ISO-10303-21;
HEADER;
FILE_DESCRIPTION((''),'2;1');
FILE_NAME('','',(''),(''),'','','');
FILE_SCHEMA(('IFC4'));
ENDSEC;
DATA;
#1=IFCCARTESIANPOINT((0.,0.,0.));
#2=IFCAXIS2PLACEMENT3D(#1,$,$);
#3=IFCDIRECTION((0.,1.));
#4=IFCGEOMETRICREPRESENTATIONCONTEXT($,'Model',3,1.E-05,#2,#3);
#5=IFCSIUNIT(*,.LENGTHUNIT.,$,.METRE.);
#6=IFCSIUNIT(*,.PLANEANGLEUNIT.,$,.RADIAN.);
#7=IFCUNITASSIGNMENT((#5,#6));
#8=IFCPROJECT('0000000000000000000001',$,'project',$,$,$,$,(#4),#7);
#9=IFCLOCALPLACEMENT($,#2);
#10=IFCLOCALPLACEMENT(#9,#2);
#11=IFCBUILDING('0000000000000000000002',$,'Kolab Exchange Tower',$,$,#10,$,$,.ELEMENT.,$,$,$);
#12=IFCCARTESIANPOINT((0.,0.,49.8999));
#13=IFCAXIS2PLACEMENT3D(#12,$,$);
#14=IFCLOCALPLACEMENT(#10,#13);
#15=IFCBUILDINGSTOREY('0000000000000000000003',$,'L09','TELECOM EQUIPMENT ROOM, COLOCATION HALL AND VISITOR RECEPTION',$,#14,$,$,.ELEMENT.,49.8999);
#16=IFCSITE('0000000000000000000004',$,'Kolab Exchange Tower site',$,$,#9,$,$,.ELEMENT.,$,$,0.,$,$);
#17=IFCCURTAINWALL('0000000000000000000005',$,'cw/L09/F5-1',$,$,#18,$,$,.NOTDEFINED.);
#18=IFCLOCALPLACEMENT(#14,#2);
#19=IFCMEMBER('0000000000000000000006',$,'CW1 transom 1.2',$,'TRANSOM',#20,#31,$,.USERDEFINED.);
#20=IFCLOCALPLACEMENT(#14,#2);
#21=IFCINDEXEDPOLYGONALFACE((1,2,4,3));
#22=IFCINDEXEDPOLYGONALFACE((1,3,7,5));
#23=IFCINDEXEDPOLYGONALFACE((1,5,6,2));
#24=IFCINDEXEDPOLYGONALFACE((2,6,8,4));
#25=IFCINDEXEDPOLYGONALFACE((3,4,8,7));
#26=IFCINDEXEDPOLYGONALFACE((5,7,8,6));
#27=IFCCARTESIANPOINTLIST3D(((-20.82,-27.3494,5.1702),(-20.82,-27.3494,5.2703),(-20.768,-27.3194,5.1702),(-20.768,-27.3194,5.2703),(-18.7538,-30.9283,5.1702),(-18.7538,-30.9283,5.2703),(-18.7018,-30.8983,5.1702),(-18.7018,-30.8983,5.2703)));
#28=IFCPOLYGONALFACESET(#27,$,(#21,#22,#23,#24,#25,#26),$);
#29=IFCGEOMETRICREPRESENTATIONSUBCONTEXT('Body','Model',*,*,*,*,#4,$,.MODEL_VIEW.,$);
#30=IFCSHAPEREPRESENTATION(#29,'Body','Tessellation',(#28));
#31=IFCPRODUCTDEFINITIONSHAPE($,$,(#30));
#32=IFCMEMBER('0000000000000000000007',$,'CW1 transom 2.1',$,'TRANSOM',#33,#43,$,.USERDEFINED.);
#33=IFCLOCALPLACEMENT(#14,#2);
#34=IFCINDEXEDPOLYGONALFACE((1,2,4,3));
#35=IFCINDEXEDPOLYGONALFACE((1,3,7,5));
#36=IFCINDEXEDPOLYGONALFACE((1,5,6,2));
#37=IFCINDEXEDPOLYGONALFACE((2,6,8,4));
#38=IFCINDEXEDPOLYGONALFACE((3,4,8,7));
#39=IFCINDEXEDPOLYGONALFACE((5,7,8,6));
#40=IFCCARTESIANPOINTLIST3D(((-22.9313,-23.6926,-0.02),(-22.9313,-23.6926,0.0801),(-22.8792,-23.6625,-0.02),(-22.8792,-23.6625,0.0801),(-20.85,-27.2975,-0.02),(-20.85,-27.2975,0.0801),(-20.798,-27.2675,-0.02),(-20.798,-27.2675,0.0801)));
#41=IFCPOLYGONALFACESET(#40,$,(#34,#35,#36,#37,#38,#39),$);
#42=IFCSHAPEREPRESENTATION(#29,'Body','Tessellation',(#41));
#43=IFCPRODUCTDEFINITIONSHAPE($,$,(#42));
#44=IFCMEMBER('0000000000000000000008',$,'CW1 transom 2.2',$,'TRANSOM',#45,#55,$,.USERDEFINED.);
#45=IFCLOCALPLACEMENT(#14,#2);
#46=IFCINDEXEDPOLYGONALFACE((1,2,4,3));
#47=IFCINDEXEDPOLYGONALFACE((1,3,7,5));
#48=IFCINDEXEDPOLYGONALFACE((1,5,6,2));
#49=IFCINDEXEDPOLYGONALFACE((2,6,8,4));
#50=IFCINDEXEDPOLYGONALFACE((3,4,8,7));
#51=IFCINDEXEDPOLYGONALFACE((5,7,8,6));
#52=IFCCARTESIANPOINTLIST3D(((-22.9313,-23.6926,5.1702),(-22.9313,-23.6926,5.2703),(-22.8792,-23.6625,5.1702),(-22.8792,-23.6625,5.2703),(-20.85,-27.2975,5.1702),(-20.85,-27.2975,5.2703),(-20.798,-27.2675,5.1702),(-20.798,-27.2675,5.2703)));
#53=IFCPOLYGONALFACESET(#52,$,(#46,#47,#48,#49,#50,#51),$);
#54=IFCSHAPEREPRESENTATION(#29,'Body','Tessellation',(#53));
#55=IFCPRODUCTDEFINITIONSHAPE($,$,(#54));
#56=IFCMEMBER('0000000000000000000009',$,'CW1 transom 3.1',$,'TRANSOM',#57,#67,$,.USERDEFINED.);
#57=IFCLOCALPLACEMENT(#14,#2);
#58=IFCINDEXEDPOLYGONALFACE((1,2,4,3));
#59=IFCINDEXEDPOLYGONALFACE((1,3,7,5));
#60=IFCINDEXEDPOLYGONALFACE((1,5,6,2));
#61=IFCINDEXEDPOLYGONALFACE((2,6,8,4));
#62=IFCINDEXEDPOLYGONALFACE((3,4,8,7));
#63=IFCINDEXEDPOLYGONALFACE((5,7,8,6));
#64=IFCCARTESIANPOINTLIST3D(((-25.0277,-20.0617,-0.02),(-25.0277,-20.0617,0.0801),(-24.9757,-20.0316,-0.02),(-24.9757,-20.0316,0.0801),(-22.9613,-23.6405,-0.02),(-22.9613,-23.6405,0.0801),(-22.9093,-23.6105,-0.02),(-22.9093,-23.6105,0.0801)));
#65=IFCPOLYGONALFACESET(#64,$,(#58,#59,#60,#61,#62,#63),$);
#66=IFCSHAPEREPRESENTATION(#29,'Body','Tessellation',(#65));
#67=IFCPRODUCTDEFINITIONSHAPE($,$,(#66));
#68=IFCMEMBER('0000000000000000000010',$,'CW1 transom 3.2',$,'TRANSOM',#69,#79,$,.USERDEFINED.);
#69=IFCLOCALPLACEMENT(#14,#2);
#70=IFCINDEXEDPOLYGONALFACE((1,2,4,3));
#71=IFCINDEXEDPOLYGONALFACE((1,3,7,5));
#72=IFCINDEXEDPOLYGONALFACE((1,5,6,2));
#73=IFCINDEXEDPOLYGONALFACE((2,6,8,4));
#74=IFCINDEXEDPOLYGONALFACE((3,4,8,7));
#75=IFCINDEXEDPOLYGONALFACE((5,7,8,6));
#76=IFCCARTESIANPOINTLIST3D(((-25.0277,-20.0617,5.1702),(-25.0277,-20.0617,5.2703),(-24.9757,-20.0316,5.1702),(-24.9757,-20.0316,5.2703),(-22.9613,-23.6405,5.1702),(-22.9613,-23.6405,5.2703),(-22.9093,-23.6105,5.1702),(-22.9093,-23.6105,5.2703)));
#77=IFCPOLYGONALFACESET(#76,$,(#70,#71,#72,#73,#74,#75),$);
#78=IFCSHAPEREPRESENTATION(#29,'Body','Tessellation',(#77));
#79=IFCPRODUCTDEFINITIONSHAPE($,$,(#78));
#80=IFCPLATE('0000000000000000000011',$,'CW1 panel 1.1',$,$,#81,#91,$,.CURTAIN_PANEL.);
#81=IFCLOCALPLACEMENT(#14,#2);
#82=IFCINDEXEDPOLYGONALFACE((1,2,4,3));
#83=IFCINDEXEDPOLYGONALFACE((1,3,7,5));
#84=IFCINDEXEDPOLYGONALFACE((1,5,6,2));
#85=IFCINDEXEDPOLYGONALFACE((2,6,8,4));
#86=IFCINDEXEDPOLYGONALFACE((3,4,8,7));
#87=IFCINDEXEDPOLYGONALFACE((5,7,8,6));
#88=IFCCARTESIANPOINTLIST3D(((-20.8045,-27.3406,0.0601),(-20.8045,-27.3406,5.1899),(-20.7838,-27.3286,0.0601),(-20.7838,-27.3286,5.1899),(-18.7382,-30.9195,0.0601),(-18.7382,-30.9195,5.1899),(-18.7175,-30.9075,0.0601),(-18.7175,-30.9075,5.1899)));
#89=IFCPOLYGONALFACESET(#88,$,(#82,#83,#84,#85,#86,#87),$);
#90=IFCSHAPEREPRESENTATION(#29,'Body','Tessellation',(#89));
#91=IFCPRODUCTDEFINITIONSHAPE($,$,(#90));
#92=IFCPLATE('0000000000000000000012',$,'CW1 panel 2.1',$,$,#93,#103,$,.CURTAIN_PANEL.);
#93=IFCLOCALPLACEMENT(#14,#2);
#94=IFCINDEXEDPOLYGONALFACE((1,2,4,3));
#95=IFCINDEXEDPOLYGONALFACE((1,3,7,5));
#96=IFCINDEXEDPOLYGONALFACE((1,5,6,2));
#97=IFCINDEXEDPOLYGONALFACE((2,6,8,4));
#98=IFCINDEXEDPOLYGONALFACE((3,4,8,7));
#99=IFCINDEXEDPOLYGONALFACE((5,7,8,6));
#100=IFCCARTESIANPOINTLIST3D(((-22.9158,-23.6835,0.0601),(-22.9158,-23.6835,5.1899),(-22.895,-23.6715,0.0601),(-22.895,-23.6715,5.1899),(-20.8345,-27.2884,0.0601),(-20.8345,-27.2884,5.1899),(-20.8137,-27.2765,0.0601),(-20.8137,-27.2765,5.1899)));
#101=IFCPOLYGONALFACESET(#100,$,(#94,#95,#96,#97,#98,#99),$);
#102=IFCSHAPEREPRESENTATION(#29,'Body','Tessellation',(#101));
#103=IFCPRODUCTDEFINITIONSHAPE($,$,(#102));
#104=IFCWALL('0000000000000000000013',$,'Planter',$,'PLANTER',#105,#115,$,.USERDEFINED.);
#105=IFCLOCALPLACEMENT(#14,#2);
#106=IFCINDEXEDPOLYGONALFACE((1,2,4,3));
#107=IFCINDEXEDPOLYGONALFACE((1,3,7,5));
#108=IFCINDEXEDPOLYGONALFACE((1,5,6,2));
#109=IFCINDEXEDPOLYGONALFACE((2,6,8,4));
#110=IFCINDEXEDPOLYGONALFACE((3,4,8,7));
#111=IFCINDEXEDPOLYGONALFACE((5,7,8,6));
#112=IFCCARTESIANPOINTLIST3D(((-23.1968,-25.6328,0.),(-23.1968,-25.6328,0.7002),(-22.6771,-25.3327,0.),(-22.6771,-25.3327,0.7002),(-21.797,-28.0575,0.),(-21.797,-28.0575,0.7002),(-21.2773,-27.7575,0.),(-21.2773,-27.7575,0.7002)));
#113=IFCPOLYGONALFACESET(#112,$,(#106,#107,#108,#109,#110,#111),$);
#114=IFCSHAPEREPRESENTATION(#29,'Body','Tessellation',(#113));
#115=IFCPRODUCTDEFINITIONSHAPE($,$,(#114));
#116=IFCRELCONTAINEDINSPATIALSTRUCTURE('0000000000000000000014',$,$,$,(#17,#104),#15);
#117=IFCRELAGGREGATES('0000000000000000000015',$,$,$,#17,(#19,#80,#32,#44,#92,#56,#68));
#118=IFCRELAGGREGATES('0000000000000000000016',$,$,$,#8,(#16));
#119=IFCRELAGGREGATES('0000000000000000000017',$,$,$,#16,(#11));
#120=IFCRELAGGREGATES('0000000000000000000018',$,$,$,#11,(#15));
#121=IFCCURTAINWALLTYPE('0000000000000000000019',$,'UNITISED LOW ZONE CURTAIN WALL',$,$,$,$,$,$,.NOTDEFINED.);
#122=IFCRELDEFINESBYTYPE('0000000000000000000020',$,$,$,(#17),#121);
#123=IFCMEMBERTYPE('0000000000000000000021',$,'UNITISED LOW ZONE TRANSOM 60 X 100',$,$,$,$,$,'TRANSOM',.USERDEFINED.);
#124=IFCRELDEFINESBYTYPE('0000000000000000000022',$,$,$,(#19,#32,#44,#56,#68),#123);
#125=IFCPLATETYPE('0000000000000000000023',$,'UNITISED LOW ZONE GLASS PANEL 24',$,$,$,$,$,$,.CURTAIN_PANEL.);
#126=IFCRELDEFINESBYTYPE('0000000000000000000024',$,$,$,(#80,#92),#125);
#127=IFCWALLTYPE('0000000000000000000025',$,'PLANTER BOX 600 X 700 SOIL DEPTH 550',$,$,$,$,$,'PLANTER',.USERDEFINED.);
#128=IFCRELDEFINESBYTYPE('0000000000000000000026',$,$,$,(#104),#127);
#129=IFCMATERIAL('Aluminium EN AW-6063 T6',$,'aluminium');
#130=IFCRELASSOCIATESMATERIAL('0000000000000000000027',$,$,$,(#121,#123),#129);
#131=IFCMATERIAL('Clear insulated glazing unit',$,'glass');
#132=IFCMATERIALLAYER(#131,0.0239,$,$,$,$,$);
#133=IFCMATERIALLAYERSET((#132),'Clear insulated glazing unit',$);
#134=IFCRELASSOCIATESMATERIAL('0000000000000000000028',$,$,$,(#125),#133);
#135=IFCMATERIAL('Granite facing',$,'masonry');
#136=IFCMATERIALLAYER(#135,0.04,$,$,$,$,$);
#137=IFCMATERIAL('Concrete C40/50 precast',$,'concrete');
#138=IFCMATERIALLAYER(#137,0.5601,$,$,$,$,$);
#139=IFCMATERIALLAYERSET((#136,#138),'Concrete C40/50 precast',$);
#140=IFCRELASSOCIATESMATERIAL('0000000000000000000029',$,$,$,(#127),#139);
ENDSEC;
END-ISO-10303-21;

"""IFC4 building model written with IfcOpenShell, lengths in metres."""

from ifc_helpers import new_model, si_unit, direction, frame, frame_2d, origin, origin_2d, place, context, subcontext, project, spatial, rectangle, extrude, material, layer, layer_set, material_profile, profile_set, type_object, element, aggregate, save


model = new_model("IFC4")

# Units and contexts
model_context = context("Model", 3, precision=1e-05, world=origin(), true_north=direction((0.0, 1.0)))
body_context = subcontext(model_context, "Body", "Model", "MODEL_VIEW")
ifc_project = project(units=[si_unit("LENGTHUNIT", "METRE"), si_unit("PLANEANGLEUNIT", "RADIAN")], contexts=[model_context])

# Site, building, storey
site_placement = place(None, origin())
site = spatial("IfcSite", under=ifc_project, at=site_placement, Name="Kolab Exchange Tower site", CompositionType="ELEMENT", RefElevation=0.0)
building_placement = place(site_placement, origin())
building = spatial("IfcBuilding", under=site, at=building_placement, Name="Kolab Exchange Tower", CompositionType="ELEMENT")
storey_placement = place(building_placement, frame((0.0, 0.0, 49.8999)))
storey = spatial("IfcBuildingStorey", under=building, at=storey_placement, Name="L09", Description="TELECOM EQUIPMENT ROOM, COLOCATION HALL AND VISITOR RECEPTION", CompositionType="ELEMENT", Elevation=49.8999)

# Curtain wall
ifc_material_1 = material(Name="Aluminium EN AW-6063 T6", Category="aluminium")
curtain_wall_type = type_object("IfcCurtainWallType", Name="UNITISED LOW ZONE CURTAIN WALL", PredefinedType="NOTDEFINED", material=ifc_material_1)
curtain_wall_1_placement = place(storey_placement, origin())
curtain_wall_1 = element("IfcCurtainWall", 1, at=curtain_wall_1_placement, inside=storey, type_object=curtain_wall_type, Name="cw/L09/F5-1", PredefinedType="NOTDEFINED")

# Members
ifc_material_profile_1 = material_profile(ifc_material_1, rectangle(XDim=0.0601, YDim=0.1001, at=origin_2d()), Name="RECT 60X100")
ifc_profile_set_1 = profile_set([ifc_material_profile_1], Name="Aluminium EN AW-6063 T6")
member_type_1 = type_object("IfcMemberType", Name="UNITISED LOW ZONE TRANSOM 60 X 100", ElementType="TRANSOM", PredefinedType="USERDEFINED", material=ifc_profile_set_1)
member_1_placement = place(storey_placement, frame((-18.7278, -30.9133, 5.2202), z_axis=(-0.499983, 0.866035, 0.0), x_axis=(-0.866035, -0.499983, 0.0)))
member_1 = element("IfcMember", 2, at=member_1_placement, type_object=member_type_1, Name="CW1 transom 1.2", ObjectType="TRANSOM", PredefinedType="USERDEFINED", context=body_context, shape_type="SweptSolid", body=[
    extrude(rectangle(XDim=0.0601, YDim=0.1001, at=origin_2d()), origin(), (0.0, 0.0, 1.0), 4.1326),
])
member_2_placement = place(storey_placement, frame((-20.824, -27.2825, 0.03), z_axis=(-0.499993, 0.866029, 0.0), x_axis=(-0.866029, -0.499993, 0.0)))
member_2 = element("IfcMember", 3, at=member_2_placement, type_object=member_type_1, Name="CW1 transom 2.1", ObjectType="TRANSOM", PredefinedType="USERDEFINED", context=body_context, shape_type="SweptSolid", body=[
    extrude(rectangle(XDim=0.0601, YDim=0.1001, at=origin_2d()), origin(), (0.0, 0.0, 1.0), 4.1626),
])
member_3_placement = place(storey_placement, frame((-20.824, -27.2825, 5.2202), z_axis=(-0.499993, 0.866029, 0.0), x_axis=(-0.866029, -0.499993, 0.0)))
member_3 = element("IfcMember", 4, at=member_3_placement, type_object=member_type_1, Name="CW1 transom 2.2", ObjectType="TRANSOM", PredefinedType="USERDEFINED", context=body_context, shape_type="SweptSolid", body=[
    extrude(rectangle(XDim=0.0601, YDim=0.1001, at=origin_2d()), origin(), (0.0, 0.0, 1.0), 4.1626),
])
member_4_placement = place(storey_placement, frame((-22.9353, -23.6255, 0.03), z_axis=(-0.500028, 0.866009, 0.0), x_axis=(-0.866009, -0.500028, 0.0)))
member_4 = element("IfcMember", 5, at=member_4_placement, type_object=member_type_1, Name="CW1 transom 3.1", ObjectType="TRANSOM", PredefinedType="USERDEFINED", context=body_context, shape_type="SweptSolid", body=[
    extrude(rectangle(XDim=0.0601, YDim=0.1001, at=origin_2d()), origin(), (0.0, 0.0, 1.0), 4.1326),
])
member_5_placement = place(storey_placement, frame((-22.9353, -23.6255, 5.2202), z_axis=(-0.500028, 0.866009, 0.0), x_axis=(-0.866009, -0.500028, 0.0)))
member_5 = element("IfcMember", 6, at=member_5_placement, type_object=member_type_1, Name="CW1 transom 3.2", ObjectType="TRANSOM", PredefinedType="USERDEFINED", context=body_context, shape_type="SweptSolid", body=[
    extrude(rectangle(XDim=0.0601, YDim=0.1001, at=origin_2d()), origin(), (0.0, 0.0, 1.0), 4.1326),
])

# Plates
ifc_material_2 = material(Name="Clear insulated glazing unit", Category="glass")
ifc_layer_1 = layer(ifc_material_2, 0.0239)
ifc_layer_set_1 = layer_set([ifc_layer_1], Name="Clear insulated glazing unit")
plate_type = type_object("IfcPlateType", Name="UNITISED LOW ZONE GLASS PANEL 24", PredefinedType="CURTAIN_PANEL", material=ifc_layer_set_1)
plate_1_placement = place(storey_placement, frame((-19.761, -29.124, 0.0601), z_axis=(0.0, 0.0, 1.0), x_axis=(-0.5, 0.866025, 0.0)))
plate_1 = element("IfcPlate", 7, at=plate_1_placement, type_object=plate_type, Name="CW1 panel 1.1", PredefinedType="CURTAIN_PANEL", context=body_context, shape_type="SweptSolid", body=[
    extrude(rectangle(XDim=4.1326, YDim=0.0239, at=origin_2d()), origin(), (0.0, 0.0, 1.0), 5.1299),
])
plate_2_placement = place(storey_placement, frame((-21.8647, -25.48, 0.0601), z_axis=(0.0, 0.0, 1.0), x_axis=(-0.5, 0.866025, 0.0)))
plate_2 = element("IfcPlate", 8, at=plate_2_placement, type_object=plate_type, Name="CW1 panel 2.1", PredefinedType="CURTAIN_PANEL", context=body_context, shape_type="SweptSolid", body=[
    extrude(rectangle(XDim=4.1626, YDim=0.0239, at=origin_2d()), origin(), (0.0, 0.0, 1.0), 5.1299),
])
aggregate(curtain_wall_1, [member_1, plate_1, member_2, member_3, plate_2, member_4, member_5])

# Wall
ifc_material_3 = material(Name="Granite facing", Category="masonry")
ifc_layer_2 = layer(ifc_material_3, 0.04)
ifc_material_4 = material(Name="Concrete C40/50 precast", Category="concrete")
ifc_layer_3 = layer(ifc_material_4, 0.5601)
ifc_layer_set_2 = layer_set([ifc_layer_2, ifc_layer_3], Name="Concrete C40/50 precast")
wall_type = type_object("IfcWallType", Name="PLANTER BOX 600 X 700 SOIL DEPTH 550", ElementType="PLANTER", PredefinedType="USERDEFINED", material=ifc_layer_set_2)
wall_placement = place(storey_placement, frame((-21.5371, -27.9075, 0.0), z_axis=(0.0, 0.0, 1.0), x_axis=(-0.499984, 0.866035, 0.0)))
element("IfcWall", 9, at=wall_placement, inside=storey, type_object=wall_type, Name="Planter", ObjectType="PLANTER", PredefinedType="USERDEFINED", context=body_context, shape_type="SweptSolid", body=[
    extrude(rectangle(XDim=2.7998, YDim=0.6001, at=frame_2d((1.3999, 0.0))), origin(), (0.0, 0.0, 1.0), 0.7002),
])

save(model, "model.ifc")
